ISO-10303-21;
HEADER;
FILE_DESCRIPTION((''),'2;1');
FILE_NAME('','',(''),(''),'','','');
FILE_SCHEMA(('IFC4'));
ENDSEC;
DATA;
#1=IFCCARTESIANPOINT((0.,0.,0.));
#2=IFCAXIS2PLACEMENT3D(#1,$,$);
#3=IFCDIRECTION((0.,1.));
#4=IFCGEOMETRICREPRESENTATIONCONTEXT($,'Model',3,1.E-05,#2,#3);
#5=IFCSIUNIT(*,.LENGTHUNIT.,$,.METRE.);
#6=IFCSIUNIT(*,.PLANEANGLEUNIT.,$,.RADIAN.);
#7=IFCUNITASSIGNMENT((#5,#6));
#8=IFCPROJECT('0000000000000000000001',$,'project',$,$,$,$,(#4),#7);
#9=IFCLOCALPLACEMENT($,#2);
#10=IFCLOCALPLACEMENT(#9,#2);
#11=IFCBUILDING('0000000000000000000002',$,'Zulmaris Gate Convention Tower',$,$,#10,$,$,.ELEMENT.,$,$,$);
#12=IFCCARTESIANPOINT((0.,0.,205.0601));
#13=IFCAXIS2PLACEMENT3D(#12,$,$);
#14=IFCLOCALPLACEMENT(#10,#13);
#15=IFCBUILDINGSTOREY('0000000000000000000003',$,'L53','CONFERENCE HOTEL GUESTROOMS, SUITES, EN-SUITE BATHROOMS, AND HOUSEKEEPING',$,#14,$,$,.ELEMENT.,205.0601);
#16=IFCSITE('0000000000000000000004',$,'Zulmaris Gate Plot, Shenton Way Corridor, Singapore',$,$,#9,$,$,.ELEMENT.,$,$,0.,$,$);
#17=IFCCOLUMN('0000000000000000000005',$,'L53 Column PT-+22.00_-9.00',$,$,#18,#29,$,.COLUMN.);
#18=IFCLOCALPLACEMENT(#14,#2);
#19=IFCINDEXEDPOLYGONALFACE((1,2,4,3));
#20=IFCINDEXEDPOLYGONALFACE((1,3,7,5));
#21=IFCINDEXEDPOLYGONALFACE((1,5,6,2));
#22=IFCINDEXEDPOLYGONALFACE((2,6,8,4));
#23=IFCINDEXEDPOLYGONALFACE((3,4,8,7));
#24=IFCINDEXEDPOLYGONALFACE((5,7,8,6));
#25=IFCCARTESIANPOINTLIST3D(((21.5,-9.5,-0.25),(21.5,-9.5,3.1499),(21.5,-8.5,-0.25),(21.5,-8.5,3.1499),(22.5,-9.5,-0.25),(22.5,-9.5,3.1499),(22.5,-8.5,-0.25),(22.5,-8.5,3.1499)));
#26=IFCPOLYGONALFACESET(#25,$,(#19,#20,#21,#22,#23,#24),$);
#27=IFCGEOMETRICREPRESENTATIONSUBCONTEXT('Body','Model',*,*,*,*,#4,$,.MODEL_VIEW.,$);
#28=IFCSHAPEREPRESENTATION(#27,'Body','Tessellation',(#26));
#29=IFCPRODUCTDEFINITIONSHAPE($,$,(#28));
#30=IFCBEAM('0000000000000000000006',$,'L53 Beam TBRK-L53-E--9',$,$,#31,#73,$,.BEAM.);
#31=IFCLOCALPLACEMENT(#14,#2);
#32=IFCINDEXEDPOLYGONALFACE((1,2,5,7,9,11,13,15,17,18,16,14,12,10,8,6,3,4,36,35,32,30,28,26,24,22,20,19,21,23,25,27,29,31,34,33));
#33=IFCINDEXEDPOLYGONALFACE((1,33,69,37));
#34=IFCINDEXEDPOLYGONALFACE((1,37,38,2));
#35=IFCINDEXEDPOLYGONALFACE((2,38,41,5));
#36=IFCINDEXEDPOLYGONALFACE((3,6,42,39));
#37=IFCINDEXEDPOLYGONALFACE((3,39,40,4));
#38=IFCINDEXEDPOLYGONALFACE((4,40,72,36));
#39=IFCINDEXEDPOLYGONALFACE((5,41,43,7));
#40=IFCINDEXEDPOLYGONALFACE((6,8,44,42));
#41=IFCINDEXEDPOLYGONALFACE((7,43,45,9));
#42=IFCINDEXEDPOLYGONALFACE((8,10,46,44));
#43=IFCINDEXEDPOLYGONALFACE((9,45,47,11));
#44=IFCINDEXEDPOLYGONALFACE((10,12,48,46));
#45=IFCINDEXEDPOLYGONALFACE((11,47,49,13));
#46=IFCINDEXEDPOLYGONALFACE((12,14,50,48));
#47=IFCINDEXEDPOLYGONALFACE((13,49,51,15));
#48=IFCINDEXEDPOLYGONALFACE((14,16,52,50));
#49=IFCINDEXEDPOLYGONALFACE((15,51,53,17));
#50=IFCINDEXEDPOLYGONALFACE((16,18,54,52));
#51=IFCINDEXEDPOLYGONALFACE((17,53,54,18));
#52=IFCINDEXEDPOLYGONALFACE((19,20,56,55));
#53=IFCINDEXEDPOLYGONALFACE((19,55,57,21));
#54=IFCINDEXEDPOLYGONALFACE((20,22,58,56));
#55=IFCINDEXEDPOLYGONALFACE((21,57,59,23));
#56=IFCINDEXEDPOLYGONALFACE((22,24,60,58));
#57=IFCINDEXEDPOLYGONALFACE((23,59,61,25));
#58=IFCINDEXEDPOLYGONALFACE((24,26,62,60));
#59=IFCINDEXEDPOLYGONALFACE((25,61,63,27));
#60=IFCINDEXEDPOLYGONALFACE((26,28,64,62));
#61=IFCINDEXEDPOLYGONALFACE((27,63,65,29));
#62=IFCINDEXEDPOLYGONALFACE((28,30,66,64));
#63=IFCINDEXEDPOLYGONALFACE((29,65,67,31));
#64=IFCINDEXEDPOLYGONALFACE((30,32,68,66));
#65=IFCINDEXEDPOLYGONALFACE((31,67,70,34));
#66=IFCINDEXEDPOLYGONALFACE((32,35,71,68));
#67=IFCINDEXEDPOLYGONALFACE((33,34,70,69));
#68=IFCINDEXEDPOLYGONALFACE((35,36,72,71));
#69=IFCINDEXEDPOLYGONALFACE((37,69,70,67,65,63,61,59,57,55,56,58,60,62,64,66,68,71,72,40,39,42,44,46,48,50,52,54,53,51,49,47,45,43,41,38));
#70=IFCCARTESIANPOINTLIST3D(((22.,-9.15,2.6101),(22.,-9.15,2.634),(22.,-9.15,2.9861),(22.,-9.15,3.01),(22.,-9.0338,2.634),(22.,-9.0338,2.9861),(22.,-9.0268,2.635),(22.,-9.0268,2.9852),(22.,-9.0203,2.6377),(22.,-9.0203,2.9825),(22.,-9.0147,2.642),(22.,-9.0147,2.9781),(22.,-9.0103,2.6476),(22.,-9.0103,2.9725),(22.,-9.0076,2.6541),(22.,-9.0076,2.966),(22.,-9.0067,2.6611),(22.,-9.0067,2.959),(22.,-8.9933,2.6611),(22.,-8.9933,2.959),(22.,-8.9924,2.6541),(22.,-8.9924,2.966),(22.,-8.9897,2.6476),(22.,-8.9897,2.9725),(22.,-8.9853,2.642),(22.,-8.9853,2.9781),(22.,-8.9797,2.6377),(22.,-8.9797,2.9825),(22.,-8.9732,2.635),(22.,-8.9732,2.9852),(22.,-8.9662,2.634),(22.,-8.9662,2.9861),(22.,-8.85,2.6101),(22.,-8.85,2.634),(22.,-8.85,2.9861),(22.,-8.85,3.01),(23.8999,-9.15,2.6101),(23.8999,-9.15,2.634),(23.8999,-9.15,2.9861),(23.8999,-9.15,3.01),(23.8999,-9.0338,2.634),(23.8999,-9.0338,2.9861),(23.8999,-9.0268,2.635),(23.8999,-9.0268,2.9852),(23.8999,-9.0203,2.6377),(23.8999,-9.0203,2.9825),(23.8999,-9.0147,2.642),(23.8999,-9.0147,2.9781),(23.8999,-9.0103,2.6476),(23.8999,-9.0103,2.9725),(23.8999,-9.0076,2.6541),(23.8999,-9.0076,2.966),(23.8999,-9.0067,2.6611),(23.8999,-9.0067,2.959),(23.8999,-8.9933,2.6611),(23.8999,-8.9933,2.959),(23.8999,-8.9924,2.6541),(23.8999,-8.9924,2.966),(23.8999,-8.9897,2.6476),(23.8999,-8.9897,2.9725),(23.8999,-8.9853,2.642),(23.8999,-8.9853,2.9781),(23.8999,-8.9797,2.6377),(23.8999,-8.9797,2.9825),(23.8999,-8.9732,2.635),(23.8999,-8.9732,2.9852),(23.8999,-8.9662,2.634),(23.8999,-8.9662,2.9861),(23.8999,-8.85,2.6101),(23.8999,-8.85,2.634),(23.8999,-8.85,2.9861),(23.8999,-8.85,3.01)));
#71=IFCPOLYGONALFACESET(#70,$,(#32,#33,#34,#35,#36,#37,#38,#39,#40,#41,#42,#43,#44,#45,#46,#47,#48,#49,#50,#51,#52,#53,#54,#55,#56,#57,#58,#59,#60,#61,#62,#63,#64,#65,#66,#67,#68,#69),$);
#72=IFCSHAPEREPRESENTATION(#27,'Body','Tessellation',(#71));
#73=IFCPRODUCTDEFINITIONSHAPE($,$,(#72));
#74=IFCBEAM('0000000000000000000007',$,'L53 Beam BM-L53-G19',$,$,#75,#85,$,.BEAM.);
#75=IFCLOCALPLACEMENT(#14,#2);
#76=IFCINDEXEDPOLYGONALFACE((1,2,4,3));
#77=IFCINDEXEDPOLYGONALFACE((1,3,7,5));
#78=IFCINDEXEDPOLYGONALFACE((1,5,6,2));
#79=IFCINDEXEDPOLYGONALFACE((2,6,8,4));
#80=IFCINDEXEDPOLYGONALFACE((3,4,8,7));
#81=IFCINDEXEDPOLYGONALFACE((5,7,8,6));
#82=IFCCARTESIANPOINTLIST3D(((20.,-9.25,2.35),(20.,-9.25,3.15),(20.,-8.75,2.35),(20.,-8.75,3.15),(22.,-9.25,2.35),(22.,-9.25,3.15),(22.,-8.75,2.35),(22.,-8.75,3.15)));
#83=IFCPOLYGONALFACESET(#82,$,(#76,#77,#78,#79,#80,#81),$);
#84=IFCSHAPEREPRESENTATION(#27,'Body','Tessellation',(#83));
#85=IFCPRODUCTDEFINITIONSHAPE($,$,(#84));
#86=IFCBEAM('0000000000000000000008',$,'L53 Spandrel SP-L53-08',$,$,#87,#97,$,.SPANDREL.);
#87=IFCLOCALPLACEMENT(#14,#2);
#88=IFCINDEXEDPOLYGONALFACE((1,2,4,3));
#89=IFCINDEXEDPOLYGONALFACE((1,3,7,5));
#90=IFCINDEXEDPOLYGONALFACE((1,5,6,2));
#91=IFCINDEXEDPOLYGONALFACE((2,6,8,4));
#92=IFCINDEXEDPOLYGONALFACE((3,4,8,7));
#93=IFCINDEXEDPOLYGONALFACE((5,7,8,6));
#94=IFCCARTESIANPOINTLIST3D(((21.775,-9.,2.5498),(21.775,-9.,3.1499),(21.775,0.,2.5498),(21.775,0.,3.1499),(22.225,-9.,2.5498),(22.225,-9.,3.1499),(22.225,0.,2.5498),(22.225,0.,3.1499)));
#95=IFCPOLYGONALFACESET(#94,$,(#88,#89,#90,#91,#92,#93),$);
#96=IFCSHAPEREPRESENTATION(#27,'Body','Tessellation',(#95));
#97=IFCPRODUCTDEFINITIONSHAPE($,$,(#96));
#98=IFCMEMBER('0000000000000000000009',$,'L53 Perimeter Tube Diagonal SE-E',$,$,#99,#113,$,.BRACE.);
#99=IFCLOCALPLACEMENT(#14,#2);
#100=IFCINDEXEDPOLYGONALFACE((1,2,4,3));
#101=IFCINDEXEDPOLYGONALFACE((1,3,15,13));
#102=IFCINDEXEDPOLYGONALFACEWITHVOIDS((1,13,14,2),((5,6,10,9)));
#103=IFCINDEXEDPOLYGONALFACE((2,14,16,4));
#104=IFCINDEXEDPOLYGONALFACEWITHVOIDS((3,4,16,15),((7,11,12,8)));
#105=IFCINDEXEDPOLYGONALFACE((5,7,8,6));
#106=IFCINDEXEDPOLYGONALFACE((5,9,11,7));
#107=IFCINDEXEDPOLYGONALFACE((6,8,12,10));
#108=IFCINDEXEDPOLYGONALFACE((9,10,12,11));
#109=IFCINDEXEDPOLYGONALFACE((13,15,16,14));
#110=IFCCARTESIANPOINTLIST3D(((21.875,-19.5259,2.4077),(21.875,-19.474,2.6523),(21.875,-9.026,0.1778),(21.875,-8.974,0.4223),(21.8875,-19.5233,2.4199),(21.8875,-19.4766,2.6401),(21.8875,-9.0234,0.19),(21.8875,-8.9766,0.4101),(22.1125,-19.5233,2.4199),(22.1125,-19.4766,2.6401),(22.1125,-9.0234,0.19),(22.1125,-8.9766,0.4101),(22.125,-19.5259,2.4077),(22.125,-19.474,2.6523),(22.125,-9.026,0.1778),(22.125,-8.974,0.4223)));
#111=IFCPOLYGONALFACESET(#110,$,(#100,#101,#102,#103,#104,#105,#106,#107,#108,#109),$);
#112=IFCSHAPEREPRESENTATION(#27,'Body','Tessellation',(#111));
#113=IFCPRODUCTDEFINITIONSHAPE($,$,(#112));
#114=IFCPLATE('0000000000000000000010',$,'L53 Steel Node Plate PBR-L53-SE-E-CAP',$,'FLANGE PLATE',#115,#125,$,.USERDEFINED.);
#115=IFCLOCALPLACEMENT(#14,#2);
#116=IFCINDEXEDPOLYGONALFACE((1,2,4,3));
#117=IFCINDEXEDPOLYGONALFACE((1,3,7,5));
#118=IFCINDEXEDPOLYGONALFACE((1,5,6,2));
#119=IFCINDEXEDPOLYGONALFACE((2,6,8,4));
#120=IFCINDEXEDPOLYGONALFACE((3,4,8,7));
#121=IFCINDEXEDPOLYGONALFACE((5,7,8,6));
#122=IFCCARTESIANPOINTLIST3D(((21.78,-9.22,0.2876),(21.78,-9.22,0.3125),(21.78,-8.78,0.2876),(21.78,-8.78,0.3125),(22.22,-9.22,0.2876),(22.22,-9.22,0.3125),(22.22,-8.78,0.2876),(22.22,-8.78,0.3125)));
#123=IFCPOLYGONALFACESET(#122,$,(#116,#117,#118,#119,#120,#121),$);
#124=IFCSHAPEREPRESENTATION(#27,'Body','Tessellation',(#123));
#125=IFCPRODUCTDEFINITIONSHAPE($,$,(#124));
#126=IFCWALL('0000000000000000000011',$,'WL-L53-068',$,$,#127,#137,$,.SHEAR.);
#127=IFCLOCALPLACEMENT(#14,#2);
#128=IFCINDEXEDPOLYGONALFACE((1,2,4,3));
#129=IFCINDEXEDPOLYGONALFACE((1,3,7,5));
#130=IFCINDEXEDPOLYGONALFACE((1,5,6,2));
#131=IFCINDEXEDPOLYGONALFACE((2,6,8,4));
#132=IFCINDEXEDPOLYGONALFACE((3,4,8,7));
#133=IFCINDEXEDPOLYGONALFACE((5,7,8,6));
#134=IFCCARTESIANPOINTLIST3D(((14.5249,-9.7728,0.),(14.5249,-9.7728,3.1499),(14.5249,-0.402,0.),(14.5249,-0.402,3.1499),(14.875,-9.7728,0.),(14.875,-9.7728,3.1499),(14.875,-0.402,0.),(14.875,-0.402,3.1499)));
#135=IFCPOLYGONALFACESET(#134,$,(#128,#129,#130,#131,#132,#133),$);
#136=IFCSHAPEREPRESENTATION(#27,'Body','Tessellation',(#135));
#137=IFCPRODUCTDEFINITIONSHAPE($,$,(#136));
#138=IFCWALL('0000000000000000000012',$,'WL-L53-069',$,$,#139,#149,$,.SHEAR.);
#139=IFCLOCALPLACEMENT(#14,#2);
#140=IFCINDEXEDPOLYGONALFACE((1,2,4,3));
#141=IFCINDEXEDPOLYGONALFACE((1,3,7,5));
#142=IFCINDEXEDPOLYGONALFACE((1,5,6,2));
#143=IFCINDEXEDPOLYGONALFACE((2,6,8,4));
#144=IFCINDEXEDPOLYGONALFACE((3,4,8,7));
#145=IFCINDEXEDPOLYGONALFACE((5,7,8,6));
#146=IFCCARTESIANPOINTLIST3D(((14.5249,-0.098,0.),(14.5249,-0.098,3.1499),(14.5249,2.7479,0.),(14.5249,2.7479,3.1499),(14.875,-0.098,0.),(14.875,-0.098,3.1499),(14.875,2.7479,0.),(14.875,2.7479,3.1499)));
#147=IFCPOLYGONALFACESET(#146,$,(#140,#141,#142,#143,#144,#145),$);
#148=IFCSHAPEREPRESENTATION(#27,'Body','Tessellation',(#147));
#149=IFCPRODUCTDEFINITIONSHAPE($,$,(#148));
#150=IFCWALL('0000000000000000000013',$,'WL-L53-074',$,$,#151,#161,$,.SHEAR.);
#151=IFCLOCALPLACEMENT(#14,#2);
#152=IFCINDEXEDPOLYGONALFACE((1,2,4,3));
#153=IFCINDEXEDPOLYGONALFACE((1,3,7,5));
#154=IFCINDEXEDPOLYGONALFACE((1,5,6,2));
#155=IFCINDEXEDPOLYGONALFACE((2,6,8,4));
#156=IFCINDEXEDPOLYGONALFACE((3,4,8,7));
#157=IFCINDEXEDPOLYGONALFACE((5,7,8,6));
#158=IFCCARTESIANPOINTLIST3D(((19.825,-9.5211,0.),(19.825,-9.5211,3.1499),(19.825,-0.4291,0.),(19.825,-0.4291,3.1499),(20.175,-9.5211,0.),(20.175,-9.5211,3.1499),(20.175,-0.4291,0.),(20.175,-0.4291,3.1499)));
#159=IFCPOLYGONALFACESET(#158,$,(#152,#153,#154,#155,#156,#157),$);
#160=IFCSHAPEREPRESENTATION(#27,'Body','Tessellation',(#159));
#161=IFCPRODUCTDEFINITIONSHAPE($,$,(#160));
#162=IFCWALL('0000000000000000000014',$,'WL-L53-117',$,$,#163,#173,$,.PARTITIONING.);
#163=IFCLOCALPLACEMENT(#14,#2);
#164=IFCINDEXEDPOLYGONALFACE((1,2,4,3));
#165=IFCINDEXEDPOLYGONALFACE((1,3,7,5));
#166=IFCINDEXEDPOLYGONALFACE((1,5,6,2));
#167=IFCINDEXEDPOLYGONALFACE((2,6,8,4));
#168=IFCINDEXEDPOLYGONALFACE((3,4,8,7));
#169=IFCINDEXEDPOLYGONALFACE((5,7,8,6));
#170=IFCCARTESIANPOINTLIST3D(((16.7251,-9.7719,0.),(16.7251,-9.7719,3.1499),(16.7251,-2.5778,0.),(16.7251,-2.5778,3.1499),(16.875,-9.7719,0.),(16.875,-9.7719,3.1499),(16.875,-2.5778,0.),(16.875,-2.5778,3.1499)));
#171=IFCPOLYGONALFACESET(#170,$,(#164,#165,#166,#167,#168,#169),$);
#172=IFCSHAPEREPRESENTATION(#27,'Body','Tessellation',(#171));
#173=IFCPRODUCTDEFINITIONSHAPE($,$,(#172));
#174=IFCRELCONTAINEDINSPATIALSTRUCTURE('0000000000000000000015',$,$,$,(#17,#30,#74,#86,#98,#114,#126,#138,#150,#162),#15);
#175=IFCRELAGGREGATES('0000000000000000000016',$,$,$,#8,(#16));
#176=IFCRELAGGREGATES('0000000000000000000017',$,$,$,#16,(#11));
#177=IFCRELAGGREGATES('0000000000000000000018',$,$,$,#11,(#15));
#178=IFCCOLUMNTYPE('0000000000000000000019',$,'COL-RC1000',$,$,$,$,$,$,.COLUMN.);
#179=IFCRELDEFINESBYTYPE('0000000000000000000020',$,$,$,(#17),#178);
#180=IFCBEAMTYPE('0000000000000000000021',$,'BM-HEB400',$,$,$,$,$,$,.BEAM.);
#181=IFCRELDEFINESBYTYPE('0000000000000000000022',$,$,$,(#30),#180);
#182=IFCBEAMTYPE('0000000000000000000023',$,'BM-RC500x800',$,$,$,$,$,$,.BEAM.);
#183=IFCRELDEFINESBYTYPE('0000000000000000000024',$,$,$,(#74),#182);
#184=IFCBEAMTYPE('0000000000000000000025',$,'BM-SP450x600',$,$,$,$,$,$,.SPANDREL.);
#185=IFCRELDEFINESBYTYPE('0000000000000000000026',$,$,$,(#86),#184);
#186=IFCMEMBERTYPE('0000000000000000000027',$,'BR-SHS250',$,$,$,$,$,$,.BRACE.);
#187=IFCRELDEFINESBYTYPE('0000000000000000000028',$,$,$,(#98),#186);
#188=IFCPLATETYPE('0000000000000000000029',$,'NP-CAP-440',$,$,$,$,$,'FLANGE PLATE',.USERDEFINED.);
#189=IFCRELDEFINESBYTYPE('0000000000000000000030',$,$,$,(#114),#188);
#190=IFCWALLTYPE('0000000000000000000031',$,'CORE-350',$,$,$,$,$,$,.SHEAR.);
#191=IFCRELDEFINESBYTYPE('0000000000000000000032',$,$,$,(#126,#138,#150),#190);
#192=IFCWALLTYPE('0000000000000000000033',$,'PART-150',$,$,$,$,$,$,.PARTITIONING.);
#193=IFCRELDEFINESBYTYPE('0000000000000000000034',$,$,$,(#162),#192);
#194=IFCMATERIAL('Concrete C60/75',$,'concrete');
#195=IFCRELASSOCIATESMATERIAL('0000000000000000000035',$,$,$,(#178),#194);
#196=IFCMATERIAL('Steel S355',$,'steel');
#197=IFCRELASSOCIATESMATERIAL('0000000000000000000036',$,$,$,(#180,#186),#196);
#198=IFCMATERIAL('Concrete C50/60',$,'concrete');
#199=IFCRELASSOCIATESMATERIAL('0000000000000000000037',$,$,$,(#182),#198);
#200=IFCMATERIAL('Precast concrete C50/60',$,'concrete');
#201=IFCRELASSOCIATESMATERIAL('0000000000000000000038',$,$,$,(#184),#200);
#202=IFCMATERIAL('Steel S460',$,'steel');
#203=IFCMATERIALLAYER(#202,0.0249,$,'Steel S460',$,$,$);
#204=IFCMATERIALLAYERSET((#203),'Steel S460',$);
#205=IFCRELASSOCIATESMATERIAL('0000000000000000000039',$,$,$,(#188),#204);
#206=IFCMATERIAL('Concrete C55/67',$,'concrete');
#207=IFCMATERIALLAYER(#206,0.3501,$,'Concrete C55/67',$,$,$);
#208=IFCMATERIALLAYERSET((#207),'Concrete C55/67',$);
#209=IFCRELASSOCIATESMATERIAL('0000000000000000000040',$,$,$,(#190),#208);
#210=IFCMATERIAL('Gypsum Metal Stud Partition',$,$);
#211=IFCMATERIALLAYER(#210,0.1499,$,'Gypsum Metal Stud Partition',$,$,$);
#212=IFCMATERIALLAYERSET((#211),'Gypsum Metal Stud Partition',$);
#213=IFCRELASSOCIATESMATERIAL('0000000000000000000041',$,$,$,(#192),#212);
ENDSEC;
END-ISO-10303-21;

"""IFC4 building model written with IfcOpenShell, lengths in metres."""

from ifc_helpers import new_model, si_unit, direction, frame, frame_2d, origin, origin_2d, place, context, subcontext, project, spatial, rectangle, hollow_rectangle, i_section, extrude, material, layer, layer_set, material_profile, profile_set, type_object, element, save


model = new_model("IFC4")

# Units and contexts
model_context = context("Model", 3, precision=1e-05, world=origin(), true_north=direction((0.0, 1.0)))
body_context = subcontext(model_context, "Body", "Model", "MODEL_VIEW")
ifc_project = project(units=[si_unit("LENGTHUNIT", "METRE"), si_unit("PLANEANGLEUNIT", "RADIAN")], contexts=[model_context])

# Site, building, storey
site_placement = place(None, origin())
site = spatial("IfcSite", under=ifc_project, at=site_placement, Name="Zulmaris Gate Plot, Shenton Way Corridor, Singapore", CompositionType="ELEMENT", RefElevation=0.0)
building_placement = place(site_placement, origin())
building = spatial("IfcBuilding", under=site, at=building_placement, Name="Zulmaris Gate Convention Tower", CompositionType="ELEMENT")
storey_placement = place(building_placement, frame((0.0, 0.0, 205.0601)))
storey = spatial("IfcBuildingStorey", under=building, at=storey_placement, Name="L53", Description="CONFERENCE HOTEL GUESTROOMS, SUITES, EN-SUITE BATHROOMS, AND HOUSEKEEPING", CompositionType="ELEMENT", Elevation=205.0601)

# Column
ifc_material_1 = material(Name="Concrete C60/75", Category="concrete")
ifc_material_profile_1 = material_profile(ifc_material_1, rectangle(XDim=1.0, YDim=1.0, at=origin_2d()), Name="RC COL 1000x1000")
ifc_profile_set_1 = profile_set([ifc_material_profile_1], Name="Concrete C60/75")
column_type = type_object("IfcColumnType", Name="COL-RC1000", PredefinedType="COLUMN", material=ifc_profile_set_1)
column_placement = place(storey_placement, frame((22.0, -9.0, -0.25), z_axis=(0.0, 0.0, 1.0), x_axis=(1.0, 0.0, 0.0)))
element("IfcColumn", 1, at=column_placement, inside=storey, type_object=column_type, Name="L53 Column PT-+22.00_-9.00", PredefinedType="COLUMN", context=body_context, shape_type="SweptSolid", body=[
    extrude(rectangle(XDim=1.0, YDim=1.0, at=origin_2d()), origin(), (0.0, 0.0, 1.0), 3.3999),
])

# Beams
ifc_material_2 = material(Name="Steel S355", Category="steel")
ifc_material_profile_2 = material_profile(ifc_material_2, i_section(OverallWidth=0.3, OverallDepth=0.3999, WebThickness=0.0134, FlangeThickness=0.0239, FilletRadius=0.0271, at=origin_2d()), Name="HEB 400")
ifc_profile_set_2 = profile_set([ifc_material_profile_2], Name="Steel S355")
beam_type_1 = type_object("IfcBeamType", Name="BM-HEB400", PredefinedType="BEAM", material=ifc_profile_set_2)
beam_1_placement = place(storey_placement, frame((22.0, -9.0, 2.8101), z_axis=(1.0, 0.0, 0.0), x_axis=(0.0, 1.0, 0.0)))
element("IfcBeam", 2, at=beam_1_placement, inside=storey, type_object=beam_type_1, Name="L53 Beam TBRK-L53-E--9", PredefinedType="BEAM", context=body_context, shape_type="SweptSolid", body=[
    extrude(i_section(OverallWidth=0.3, OverallDepth=0.3999, WebThickness=0.0134, FlangeThickness=0.0239, FilletRadius=0.0271, at=origin_2d()), origin(), (0.0, 0.0, 1.0), 1.8999),
])
ifc_material_3 = material(Name="Concrete C50/60", Category="concrete")
ifc_material_profile_3 = material_profile(ifc_material_3, rectangle(XDim=0.5, YDim=0.8, at=origin_2d()), Name="RC BEAM 500x800")
ifc_profile_set_3 = profile_set([ifc_material_profile_3], Name="Concrete C50/60")
beam_type_2 = type_object("IfcBeamType", Name="BM-RC500x800", PredefinedType="BEAM", material=ifc_profile_set_3)
beam_2_placement = place(storey_placement, frame((20.0, -9.0, 2.75), z_axis=(1.0, 0.0, 0.0), x_axis=(0.0, 1.0, 0.0)))
element("IfcBeam", 3, at=beam_2_placement, inside=storey, type_object=beam_type_2, Name="L53 Beam BM-L53-G19", PredefinedType="BEAM", context=body_context, shape_type="SweptSolid", body=[
    extrude(rectangle(XDim=0.5, YDim=0.8, at=origin_2d()), origin(), (0.0, 0.0, 1.0), 2.0),
])
ifc_material_4 = material(Name="Precast concrete C50/60", Category="concrete")
ifc_material_profile_4 = material_profile(ifc_material_4, rectangle(XDim=0.45, YDim=0.6001, at=origin_2d()), Name="RC SPANDREL 450x600")
ifc_profile_set_4 = profile_set([ifc_material_profile_4], Name="Precast concrete C50/60")
beam_type_3 = type_object("IfcBeamType", Name="BM-SP450x600", PredefinedType="SPANDREL", material=ifc_profile_set_4)
beam_3_placement = place(storey_placement, frame((22.0, -9.0, 2.8499), z_axis=(0.0, 1.0, 0.0), x_axis=(-1.0, 0.0, 0.0)))
element("IfcBeam", 4, at=beam_3_placement, inside=storey, type_object=beam_type_3, Name="L53 Spandrel SP-L53-08", PredefinedType="SPANDREL", context=body_context, shape_type="SweptSolid", body=[
    extrude(rectangle(XDim=0.45, YDim=0.6001, at=origin_2d()), origin(), (0.0, 0.0, 1.0), 9.0),
])

# Member
ifc_material_profile_5 = material_profile(ifc_material_2, hollow_rectangle(XDim=0.25, YDim=0.25, WallThickness=0.0125, at=origin_2d()), Name="SHS 250x250x12.5")
ifc_profile_set_5 = profile_set([ifc_material_profile_5], Name="Steel S355")
member_type = type_object("IfcMemberType", Name="BR-SHS250", PredefinedType="BRACE", material=ifc_profile_set_5)
member_placement = place(storey_placement, frame((22.0, -9.0, 0.3), z_axis=(0.0, -0.978183, 0.207746), x_axis=(1.0, 0.0, 0.0)))
element("IfcMember", 5, at=member_placement, inside=storey, type_object=member_type, Name="L53 Perimeter Tube Diagonal SE-E", PredefinedType="BRACE", context=body_context, shape_type="SweptSolid", body=[
    extrude(hollow_rectangle(XDim=0.25, YDim=0.25, WallThickness=0.0125, at=origin_2d()), origin(), (0.0, 0.0, 1.0), 10.7341),
])

# Plate
ifc_material_5 = material(Name="Steel S460", Category="steel")
ifc_layer_1 = layer(ifc_material_5, 0.0249, Name="Steel S460")
ifc_layer_set_1 = layer_set([ifc_layer_1], Name="Steel S460")
plate_type = type_object("IfcPlateType", Name="NP-CAP-440", ElementType="FLANGE PLATE", PredefinedType="USERDEFINED", material=ifc_layer_set_1)
plate_placement = place(storey_placement, frame((22.0, -9.0, 0.2876), z_axis=(0.0, 0.0, 1.0), x_axis=(1.0, 0.0, 0.0)))
element("IfcPlate", 6, at=plate_placement, inside=storey, type_object=plate_type, Name="L53 Steel Node Plate PBR-L53-SE-E-CAP", ObjectType="FLANGE PLATE", PredefinedType="USERDEFINED", context=body_context, shape_type="SweptSolid", body=[
    extrude(rectangle(XDim=0.4399, YDim=0.4399, at=origin_2d()), origin(), (0.0, 0.0, 1.0), 0.0249),
])

# Walls
ifc_material_6 = material(Name="Concrete C55/67", Category="concrete")
ifc_layer_2 = layer(ifc_material_6, 0.3501, Name="Concrete C55/67")
ifc_layer_set_2 = layer_set([ifc_layer_2], Name="Concrete C55/67")
wall_type_1 = type_object("IfcWallType", Name="CORE-350", PredefinedType="SHEAR", material=ifc_layer_set_2)
wall_1_placement = place(storey_placement, frame((14.7, -9.7729, 0.0), z_axis=(0.0, 0.0, 1.0), x_axis=(0.0, 1.0, 0.0)))
element("IfcWall", 7, at=wall_1_placement, inside=storey, type_object=wall_type_1, Name="WL-L53-068", PredefinedType="SHEAR", context=body_context, shape_type="SweptSolid", body=[
    extrude(rectangle(XDim=9.3708, YDim=0.3501, at=frame_2d((4.6855, 0.0))), origin(), (0.0, 0.0, 1.0), 3.1499),
])
wall_2_placement = place(storey_placement, frame((14.7, -0.0979, 0.0), z_axis=(0.0, 0.0, 1.0), x_axis=(0.0, 1.0, 0.0)))
element("IfcWall", 8, at=wall_2_placement, inside=storey, type_object=wall_type_1, Name="WL-L53-069", PredefinedType="SHEAR", context=body_context, shape_type="SweptSolid", body=[
    extrude(rectangle(XDim=2.8459, YDim=0.3501, at=frame_2d((1.4229, 0.0))), origin(), (0.0, 0.0, 1.0), 3.1499),
])
wall_3_placement = place(storey_placement, frame((20.0, -9.521, 0.0), z_axis=(0.0, 0.0, 1.0), x_axis=(0.0, 1.0, 0.0)))
element("IfcWall", 9, at=wall_3_placement, inside=storey, type_object=wall_type_1, Name="WL-L53-074", PredefinedType="SHEAR", context=body_context, shape_type="SweptSolid", body=[
    extrude(rectangle(XDim=9.092, YDim=0.3501, at=frame_2d((4.5459, 0.0))), origin(), (0.0, 0.0, 1.0), 3.1499),
])

# Shared definitions
ifc_material_7 = material(Name="Gypsum Metal Stud Partition")
ifc_layer_3 = layer(ifc_material_7, 0.1499, Name="Gypsum Metal Stud Partition")
ifc_layer_set_3 = layer_set([ifc_layer_3], Name="Gypsum Metal Stud Partition")
wall_type_2 = type_object("IfcWallType", Name="PART-150", PredefinedType="PARTITIONING", material=ifc_layer_set_3)

# Wall
wall_4_placement = place(storey_placement, frame((16.8, -9.772, 0.0), z_axis=(0.0, 0.0, 1.0), x_axis=(0.0, 1.0, 0.0)))
element("IfcWall", 10, at=wall_4_placement, inside=storey, type_object=wall_type_2, Name="WL-L53-117", PredefinedType="PARTITIONING", context=body_context, shape_type="SweptSolid", body=[
    extrude(rectangle(XDim=7.1941, YDim=0.1499, at=frame_2d((3.5972, 0.0))), origin(), (0.0, 0.0, 1.0), 3.1499),
])

save(model, "model.ifc")
